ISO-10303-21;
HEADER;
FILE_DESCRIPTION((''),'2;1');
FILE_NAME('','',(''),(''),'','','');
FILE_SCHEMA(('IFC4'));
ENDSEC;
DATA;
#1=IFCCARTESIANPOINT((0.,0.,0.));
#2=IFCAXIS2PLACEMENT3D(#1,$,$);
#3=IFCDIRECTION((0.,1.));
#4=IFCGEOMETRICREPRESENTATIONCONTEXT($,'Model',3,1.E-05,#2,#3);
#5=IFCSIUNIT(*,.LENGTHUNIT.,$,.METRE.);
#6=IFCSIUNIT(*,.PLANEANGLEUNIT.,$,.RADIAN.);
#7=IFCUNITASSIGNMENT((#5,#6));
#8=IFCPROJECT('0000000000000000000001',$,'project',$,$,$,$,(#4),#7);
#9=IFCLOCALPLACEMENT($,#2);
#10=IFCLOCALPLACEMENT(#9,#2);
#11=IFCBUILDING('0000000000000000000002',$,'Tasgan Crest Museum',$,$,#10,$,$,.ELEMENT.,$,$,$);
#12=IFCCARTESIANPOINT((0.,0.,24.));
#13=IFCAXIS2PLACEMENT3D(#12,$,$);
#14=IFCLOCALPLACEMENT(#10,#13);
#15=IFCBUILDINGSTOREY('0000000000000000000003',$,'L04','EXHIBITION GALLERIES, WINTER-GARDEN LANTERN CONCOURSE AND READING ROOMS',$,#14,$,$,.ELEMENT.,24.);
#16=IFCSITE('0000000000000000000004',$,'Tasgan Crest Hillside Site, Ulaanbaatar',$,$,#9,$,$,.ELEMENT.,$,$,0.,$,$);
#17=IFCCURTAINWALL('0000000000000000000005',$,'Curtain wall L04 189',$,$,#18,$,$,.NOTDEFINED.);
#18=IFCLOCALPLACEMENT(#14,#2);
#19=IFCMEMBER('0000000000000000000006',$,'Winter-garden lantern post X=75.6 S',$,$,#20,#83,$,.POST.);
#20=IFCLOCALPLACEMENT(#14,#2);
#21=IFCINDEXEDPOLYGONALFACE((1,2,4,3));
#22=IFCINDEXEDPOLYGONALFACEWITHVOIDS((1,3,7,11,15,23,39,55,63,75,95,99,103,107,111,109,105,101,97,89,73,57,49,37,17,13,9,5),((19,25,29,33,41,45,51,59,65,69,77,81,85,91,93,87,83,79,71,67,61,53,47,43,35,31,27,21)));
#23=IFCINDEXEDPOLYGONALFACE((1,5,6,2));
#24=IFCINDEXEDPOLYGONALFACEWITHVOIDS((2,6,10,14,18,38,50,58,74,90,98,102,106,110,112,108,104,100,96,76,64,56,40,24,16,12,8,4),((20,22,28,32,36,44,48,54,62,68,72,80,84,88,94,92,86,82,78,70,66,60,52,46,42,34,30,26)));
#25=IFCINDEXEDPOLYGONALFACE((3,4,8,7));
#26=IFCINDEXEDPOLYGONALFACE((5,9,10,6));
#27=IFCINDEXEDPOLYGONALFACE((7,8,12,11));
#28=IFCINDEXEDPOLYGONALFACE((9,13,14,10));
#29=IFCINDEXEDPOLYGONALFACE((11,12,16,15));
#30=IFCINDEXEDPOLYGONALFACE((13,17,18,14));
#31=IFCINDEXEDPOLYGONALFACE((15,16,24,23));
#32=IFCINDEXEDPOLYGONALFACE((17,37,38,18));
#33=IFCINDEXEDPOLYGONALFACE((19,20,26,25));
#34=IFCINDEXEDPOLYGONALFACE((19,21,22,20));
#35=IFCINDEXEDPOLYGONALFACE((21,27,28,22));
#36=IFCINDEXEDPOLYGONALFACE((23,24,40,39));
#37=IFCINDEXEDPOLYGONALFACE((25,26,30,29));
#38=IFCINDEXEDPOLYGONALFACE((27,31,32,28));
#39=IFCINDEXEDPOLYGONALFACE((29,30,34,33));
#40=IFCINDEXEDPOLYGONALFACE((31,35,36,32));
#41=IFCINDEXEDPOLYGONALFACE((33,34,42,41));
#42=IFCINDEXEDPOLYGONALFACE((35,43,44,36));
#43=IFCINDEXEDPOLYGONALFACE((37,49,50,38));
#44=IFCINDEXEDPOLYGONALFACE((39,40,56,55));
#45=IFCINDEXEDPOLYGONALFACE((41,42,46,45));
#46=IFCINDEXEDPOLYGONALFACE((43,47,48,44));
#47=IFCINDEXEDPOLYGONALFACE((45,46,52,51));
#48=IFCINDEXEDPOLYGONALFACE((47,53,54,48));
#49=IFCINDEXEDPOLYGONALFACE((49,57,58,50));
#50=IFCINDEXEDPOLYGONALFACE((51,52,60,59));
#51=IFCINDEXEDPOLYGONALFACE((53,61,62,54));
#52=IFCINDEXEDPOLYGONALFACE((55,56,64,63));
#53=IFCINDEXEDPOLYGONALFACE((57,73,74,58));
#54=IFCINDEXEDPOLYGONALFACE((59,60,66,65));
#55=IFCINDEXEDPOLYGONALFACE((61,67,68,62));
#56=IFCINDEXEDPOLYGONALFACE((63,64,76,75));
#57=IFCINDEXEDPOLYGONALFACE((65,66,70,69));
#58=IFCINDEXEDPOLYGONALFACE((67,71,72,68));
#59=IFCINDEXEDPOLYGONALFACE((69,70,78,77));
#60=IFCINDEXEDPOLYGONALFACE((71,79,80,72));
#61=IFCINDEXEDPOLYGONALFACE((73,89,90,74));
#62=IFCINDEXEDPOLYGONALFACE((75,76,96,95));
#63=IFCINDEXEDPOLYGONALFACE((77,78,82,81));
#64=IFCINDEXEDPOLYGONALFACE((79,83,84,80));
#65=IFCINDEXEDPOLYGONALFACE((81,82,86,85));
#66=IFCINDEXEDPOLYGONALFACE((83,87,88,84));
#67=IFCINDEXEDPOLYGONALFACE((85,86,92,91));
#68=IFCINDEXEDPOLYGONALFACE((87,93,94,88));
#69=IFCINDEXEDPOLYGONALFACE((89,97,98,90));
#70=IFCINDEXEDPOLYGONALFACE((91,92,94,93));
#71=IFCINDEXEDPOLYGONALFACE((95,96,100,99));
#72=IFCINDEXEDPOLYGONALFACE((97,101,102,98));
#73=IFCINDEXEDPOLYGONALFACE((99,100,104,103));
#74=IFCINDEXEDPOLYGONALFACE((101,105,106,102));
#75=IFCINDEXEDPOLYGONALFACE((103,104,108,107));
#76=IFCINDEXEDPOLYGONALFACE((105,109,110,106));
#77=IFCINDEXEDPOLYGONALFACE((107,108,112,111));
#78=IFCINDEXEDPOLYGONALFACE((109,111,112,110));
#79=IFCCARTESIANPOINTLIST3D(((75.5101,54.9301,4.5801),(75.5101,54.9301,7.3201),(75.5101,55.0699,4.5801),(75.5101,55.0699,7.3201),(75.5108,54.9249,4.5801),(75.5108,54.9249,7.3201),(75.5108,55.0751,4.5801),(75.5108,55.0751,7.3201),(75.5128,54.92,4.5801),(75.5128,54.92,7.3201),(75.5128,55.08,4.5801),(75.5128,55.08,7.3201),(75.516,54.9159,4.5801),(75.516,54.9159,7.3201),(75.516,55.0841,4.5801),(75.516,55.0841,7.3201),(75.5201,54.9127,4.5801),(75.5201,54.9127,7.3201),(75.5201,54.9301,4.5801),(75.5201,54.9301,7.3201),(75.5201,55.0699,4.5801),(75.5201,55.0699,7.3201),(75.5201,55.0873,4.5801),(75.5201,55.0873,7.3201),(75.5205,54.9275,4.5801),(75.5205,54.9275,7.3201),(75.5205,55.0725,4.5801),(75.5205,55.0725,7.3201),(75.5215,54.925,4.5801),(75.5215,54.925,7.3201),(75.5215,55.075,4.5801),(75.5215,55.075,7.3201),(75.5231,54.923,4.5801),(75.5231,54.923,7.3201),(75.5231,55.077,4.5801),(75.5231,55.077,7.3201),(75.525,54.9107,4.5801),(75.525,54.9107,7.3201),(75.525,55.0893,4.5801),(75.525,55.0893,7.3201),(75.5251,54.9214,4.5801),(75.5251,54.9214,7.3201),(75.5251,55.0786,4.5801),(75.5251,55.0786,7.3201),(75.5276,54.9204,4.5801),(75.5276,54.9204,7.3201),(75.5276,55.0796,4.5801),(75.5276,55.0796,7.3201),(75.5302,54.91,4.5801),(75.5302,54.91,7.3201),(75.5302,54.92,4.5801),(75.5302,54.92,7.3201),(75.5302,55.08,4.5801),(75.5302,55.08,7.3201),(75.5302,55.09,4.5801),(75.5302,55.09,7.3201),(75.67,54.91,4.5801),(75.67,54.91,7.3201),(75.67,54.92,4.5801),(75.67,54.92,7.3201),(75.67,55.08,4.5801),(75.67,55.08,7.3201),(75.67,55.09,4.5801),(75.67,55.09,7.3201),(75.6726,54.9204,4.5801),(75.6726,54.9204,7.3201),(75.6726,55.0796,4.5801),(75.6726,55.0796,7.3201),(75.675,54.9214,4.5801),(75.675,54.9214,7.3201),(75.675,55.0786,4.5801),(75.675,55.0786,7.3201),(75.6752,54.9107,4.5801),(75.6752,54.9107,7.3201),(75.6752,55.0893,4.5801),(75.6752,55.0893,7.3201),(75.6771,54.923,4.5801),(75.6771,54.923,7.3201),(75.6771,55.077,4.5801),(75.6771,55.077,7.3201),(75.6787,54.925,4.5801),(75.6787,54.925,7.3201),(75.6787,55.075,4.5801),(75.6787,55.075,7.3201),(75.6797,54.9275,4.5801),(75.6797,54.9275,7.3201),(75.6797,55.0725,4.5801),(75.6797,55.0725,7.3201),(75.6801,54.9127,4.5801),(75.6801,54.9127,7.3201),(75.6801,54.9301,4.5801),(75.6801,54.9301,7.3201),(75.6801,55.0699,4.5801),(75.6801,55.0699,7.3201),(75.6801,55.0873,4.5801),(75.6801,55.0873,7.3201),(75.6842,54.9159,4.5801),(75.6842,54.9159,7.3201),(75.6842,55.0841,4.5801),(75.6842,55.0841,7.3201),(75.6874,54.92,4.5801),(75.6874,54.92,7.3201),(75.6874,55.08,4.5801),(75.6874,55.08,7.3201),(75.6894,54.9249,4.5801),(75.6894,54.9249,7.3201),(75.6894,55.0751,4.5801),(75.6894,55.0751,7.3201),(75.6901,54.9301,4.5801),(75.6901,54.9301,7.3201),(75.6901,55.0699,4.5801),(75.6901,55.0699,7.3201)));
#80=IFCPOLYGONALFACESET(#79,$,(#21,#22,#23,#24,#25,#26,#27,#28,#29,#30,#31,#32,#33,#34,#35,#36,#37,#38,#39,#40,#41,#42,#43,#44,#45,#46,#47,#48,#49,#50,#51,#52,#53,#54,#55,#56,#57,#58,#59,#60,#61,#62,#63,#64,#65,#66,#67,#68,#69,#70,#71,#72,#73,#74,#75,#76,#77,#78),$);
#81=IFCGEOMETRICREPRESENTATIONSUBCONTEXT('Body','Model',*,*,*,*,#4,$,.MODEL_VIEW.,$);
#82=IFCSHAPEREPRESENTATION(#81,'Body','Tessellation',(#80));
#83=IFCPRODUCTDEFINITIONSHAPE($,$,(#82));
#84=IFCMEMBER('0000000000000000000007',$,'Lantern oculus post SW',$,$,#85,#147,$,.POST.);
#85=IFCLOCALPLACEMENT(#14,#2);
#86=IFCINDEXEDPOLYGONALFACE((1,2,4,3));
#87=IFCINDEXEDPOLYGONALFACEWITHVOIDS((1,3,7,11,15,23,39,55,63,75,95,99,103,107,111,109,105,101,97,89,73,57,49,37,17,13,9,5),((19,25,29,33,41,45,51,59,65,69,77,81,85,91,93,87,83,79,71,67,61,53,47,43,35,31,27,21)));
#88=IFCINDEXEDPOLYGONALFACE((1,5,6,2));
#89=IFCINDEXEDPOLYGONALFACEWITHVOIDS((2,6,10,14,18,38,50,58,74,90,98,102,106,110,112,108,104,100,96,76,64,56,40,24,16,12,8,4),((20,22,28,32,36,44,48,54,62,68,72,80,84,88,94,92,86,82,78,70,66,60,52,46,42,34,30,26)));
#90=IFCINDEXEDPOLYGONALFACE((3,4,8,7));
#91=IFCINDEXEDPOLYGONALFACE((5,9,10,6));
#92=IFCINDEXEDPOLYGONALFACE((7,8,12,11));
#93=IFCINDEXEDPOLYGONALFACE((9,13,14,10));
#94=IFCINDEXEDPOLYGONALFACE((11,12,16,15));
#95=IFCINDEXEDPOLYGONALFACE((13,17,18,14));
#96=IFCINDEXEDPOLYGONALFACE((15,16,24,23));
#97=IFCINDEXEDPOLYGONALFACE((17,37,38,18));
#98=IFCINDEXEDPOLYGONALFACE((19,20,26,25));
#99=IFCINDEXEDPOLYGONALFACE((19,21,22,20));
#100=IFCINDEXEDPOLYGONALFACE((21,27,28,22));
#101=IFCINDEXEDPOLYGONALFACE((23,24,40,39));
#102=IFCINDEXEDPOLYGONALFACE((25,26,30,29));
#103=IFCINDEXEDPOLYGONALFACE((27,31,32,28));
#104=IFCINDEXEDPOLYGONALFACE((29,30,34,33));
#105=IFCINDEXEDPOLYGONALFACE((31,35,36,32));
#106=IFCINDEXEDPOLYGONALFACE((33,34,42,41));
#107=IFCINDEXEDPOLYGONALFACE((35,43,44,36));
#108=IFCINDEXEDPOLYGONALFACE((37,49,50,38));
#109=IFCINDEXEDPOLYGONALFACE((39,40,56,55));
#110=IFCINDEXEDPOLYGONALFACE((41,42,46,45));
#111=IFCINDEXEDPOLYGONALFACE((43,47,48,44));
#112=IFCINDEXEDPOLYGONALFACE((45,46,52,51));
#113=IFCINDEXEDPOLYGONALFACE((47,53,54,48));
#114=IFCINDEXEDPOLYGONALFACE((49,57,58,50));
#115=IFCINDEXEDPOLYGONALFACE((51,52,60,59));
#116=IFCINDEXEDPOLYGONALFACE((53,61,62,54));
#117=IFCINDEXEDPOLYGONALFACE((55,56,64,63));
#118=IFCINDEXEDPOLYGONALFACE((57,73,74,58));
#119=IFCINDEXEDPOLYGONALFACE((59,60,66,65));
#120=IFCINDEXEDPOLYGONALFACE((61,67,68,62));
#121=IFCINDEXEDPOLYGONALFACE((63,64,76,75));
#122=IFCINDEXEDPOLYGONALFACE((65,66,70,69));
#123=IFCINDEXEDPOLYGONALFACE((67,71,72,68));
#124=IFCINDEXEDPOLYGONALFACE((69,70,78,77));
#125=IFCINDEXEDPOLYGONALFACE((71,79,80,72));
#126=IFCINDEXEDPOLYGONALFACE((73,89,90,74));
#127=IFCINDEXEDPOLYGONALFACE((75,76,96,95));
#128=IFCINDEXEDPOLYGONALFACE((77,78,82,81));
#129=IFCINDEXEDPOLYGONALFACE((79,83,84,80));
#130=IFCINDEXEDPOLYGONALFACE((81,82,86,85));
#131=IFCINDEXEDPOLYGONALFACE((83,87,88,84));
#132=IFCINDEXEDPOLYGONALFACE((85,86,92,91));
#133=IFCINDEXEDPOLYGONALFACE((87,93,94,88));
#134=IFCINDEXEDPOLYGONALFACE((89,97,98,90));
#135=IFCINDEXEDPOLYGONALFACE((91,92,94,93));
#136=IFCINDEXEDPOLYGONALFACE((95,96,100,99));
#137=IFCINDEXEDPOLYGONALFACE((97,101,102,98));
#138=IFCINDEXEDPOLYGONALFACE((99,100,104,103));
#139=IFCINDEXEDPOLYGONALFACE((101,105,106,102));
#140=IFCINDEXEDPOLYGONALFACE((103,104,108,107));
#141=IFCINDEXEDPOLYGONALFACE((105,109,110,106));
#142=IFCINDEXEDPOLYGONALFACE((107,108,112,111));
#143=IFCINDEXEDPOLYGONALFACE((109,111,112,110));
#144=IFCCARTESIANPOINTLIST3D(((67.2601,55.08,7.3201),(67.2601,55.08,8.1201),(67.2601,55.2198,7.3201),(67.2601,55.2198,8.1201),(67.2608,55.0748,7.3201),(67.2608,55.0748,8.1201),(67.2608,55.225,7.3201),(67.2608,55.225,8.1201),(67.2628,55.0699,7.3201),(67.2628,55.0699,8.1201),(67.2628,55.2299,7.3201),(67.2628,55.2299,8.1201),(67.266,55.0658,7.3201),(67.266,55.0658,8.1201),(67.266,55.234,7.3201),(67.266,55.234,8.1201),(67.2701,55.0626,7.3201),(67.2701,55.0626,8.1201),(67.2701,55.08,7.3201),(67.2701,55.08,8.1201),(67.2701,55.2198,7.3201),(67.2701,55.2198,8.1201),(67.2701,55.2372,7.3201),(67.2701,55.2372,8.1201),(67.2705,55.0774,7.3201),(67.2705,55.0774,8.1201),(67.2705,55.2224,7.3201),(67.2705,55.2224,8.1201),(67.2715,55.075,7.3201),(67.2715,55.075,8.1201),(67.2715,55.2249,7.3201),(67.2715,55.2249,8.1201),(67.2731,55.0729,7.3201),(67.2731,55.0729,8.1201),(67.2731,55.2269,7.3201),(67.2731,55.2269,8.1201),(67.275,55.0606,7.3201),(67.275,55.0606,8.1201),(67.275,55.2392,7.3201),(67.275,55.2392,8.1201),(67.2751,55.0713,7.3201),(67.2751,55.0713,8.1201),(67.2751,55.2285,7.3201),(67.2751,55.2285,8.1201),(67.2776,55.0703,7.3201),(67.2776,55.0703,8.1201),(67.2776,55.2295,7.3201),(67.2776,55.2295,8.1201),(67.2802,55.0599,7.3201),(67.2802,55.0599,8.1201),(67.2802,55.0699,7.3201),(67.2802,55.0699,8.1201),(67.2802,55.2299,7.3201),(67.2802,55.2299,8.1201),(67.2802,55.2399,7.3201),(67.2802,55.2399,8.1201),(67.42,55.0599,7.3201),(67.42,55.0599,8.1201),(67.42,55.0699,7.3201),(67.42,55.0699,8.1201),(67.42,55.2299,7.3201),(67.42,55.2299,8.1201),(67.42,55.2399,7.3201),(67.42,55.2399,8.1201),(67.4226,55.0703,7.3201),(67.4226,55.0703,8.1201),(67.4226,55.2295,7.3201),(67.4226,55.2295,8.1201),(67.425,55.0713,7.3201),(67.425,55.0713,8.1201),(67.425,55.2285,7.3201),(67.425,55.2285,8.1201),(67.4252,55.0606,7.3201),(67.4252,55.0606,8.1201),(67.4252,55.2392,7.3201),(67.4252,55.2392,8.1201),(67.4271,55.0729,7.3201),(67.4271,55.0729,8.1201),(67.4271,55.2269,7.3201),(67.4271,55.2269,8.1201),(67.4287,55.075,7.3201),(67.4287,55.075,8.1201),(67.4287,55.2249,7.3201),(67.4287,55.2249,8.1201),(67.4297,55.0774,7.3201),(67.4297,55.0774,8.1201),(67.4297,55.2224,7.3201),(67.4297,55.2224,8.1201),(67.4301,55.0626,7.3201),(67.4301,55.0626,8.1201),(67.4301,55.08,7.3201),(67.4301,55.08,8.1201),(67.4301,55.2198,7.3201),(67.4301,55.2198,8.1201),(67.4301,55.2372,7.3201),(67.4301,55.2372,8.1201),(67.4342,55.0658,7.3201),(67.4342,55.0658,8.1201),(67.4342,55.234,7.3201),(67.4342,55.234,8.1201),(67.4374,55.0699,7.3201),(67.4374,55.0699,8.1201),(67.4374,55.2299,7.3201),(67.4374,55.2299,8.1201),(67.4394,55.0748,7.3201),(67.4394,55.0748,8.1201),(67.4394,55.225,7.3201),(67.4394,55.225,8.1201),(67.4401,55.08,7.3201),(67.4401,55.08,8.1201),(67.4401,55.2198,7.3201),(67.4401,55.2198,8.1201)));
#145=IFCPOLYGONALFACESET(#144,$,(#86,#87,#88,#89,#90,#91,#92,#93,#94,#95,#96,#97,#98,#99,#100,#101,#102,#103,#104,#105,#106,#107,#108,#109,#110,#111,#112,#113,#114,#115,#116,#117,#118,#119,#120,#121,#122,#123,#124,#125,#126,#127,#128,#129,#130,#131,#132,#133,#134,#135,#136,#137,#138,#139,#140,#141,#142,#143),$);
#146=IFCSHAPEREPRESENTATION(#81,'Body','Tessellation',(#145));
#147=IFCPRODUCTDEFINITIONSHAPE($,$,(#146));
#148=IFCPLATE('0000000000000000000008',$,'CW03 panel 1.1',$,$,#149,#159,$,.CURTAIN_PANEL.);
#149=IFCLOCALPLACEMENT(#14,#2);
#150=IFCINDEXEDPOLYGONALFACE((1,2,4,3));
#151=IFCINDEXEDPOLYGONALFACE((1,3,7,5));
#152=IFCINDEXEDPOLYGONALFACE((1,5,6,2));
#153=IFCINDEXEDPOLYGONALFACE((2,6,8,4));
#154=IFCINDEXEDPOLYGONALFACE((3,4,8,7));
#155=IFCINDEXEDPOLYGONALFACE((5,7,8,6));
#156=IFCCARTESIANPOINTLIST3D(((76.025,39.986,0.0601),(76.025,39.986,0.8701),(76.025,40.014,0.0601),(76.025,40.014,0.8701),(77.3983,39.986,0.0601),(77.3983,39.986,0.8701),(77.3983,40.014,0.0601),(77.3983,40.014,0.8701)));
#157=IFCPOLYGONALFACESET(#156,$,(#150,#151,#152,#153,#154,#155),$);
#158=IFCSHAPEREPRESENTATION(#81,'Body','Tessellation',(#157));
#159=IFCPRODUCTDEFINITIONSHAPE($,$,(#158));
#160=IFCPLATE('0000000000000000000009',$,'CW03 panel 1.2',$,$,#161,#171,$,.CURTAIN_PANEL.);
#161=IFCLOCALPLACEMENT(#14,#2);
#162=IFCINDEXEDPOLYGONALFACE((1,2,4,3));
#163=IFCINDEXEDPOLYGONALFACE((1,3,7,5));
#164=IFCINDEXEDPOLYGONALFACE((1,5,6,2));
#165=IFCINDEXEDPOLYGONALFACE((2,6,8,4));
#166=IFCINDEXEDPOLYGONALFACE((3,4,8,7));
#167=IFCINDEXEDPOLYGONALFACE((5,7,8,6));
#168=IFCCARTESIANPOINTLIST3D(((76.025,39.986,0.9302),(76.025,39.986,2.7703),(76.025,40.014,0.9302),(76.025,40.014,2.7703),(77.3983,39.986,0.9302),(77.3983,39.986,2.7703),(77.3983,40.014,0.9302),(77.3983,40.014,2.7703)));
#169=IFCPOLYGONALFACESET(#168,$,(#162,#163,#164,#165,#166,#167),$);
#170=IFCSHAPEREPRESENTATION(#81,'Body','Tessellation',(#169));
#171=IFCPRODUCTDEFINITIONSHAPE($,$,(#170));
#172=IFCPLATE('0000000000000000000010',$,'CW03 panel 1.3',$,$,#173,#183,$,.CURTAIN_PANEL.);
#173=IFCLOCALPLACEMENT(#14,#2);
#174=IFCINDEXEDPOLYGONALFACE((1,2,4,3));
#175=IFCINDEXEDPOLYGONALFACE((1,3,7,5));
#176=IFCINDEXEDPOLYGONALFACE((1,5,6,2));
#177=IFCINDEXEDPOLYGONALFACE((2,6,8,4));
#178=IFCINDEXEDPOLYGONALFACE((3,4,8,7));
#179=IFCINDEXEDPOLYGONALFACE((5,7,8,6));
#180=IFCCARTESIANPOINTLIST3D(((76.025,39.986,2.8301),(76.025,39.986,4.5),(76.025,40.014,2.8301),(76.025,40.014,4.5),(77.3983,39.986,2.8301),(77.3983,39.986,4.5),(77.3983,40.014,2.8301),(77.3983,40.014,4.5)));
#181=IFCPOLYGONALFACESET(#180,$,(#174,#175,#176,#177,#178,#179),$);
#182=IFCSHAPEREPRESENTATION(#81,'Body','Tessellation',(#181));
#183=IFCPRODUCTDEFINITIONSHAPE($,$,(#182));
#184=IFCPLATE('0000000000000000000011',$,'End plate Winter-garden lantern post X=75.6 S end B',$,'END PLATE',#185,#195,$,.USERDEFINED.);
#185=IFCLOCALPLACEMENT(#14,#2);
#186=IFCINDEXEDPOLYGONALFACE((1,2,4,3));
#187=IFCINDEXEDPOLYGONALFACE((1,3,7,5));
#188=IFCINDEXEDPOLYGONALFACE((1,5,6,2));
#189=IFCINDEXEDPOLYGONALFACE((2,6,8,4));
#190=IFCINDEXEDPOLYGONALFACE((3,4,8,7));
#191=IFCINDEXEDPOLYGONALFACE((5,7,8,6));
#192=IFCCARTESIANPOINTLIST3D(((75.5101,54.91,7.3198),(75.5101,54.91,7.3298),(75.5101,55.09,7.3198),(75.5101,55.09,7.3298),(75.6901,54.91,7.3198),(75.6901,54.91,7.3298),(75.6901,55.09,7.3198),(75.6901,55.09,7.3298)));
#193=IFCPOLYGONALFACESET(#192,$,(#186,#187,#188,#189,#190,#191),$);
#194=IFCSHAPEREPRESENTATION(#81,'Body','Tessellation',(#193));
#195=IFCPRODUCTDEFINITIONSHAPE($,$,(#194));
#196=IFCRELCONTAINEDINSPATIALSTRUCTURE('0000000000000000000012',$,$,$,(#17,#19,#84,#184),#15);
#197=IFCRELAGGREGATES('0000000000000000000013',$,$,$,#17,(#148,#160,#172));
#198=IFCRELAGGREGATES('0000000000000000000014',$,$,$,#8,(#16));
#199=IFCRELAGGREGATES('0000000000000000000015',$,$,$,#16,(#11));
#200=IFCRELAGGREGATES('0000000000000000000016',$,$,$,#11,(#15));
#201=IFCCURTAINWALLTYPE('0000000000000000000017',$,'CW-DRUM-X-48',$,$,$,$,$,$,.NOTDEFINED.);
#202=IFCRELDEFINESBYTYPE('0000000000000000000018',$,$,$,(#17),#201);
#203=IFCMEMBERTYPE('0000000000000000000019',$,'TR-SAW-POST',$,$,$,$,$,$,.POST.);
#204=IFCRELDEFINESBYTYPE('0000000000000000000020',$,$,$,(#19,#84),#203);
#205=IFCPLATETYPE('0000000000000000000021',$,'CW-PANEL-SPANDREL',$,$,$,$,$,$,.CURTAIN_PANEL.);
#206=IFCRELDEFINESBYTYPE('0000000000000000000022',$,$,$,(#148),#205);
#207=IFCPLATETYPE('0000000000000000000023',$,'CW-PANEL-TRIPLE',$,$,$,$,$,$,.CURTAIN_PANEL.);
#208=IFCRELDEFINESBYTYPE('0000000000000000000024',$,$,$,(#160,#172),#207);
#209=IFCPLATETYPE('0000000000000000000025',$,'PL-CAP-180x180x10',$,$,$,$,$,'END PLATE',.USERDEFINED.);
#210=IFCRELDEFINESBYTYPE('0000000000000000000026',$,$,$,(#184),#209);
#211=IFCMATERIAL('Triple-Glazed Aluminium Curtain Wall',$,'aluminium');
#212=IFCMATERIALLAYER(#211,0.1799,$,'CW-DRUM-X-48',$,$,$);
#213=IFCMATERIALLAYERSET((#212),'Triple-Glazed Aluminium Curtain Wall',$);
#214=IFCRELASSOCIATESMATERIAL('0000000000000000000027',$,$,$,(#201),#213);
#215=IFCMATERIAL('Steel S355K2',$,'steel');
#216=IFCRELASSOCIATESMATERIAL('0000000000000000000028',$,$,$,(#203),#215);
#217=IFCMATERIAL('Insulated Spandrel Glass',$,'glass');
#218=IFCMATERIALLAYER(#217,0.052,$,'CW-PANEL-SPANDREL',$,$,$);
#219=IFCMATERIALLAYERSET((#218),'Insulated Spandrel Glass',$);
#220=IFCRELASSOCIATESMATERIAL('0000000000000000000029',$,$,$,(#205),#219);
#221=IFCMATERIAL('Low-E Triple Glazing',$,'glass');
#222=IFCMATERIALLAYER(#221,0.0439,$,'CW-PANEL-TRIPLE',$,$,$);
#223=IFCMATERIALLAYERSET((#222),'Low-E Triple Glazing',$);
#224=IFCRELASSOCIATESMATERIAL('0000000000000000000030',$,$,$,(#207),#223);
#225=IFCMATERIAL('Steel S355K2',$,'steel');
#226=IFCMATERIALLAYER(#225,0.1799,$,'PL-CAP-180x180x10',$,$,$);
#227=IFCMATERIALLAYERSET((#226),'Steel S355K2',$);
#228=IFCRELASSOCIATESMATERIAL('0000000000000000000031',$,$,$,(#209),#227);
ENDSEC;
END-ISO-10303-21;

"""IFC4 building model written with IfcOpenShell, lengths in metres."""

from ifc_helpers import new_model, si_unit, direction, frame, origin, origin_2d, place, context, subcontext, project, spatial, rectangle, hollow_rectangle, extrude, material, layer, layer_set, material_profile, profile_set, type_object, element, aggregate, save


model = new_model("IFC4")

# Units and contexts
model_context = context("Model", 3, precision=1e-05, world=origin(), true_north=direction((0.0, 1.0)))
body_context = subcontext(model_context, "Body", "Model", "MODEL_VIEW")
ifc_project = project(units=[si_unit("LENGTHUNIT", "METRE"), si_unit("PLANEANGLEUNIT", "RADIAN")], contexts=[model_context])

# Site, building, storey
site_placement = place(None, origin())
site = spatial("IfcSite", under=ifc_project, at=site_placement, Name="Tasgan Crest Hillside Site, Ulaanbaatar", CompositionType="ELEMENT", RefElevation=0.0)
building_placement = place(site_placement, origin())
building = spatial("IfcBuilding", under=site, at=building_placement, Name="Tasgan Crest Museum", CompositionType="ELEMENT")
storey_placement = place(building_placement, frame((0.0, 0.0, 24.0)))
storey = spatial("IfcBuildingStorey", under=building, at=storey_placement, Name="L04", Description="EXHIBITION GALLERIES, WINTER-GARDEN LANTERN CONCOURSE AND READING ROOMS", CompositionType="ELEMENT", Elevation=24.0)

# Curtain wall
ifc_material_1 = material(Name="Triple-Glazed Aluminium Curtain Wall", Category="aluminium")
ifc_layer_1 = layer(ifc_material_1, 0.1799, Name="CW-DRUM-X-48")
ifc_layer_set_1 = layer_set([ifc_layer_1], Name="Triple-Glazed Aluminium Curtain Wall")
curtain_wall_type = type_object("IfcCurtainWallType", Name="CW-DRUM-X-48", PredefinedType="NOTDEFINED", material=ifc_layer_set_1)
curtain_wall_placement = place(storey_placement, origin())
curtain_wall = element("IfcCurtainWall", 1, at=curtain_wall_placement, inside=storey, type_object=curtain_wall_type, Name="Curtain wall L04 189", PredefinedType="NOTDEFINED")

# Members
ifc_material_2 = material(Name="Steel S355K2", Category="steel")
ifc_material_profile_1 = material_profile(ifc_material_2, hollow_rectangle(XDim=0.1799, YDim=0.1799, WallThickness=0.01, InnerFilletRadius=0.01, OuterFilletRadius=0.02, at=origin_2d()), Name="SHS 180x180x10")
ifc_profile_set_1 = profile_set([ifc_material_profile_1], Name="Steel S355K2")
member_type_1 = type_object("IfcMemberType", Name="TR-SAW-POST", PredefinedType="POST", material=ifc_profile_set_1)
for number, where, z_axis, x_axis, name in (
    (2, (75.6001, 55.0, 4.5801), (0.0, 0.0, 1.0), (1.0, 0.0, 0.0), "Winter-garden lantern post X=75.6 S"),
):
    element("IfcMember", number, at=place(storey_placement, frame(where, z_axis=z_axis, x_axis=x_axis)), inside=storey, type_object=member_type_1, Name=name, PredefinedType="POST", context=body_context, shape_type="SweptSolid", body=[
        extrude(hollow_rectangle(XDim=0.1799, YDim=0.1799, WallThickness=0.01, InnerFilletRadius=0.01, OuterFilletRadius=0.02, at=origin_2d()), origin(), (0.0, 0.0, 1.0), 2.74),
    ])
member_1_placement = place(storey_placement, frame((67.3501, 55.1499, 7.3201), z_axis=(0.0, 0.0, 1.0), x_axis=(1.0, 0.0, 0.0)))
element("IfcMember", 3, at=member_1_placement, inside=storey, type_object=member_type_1, Name="Lantern oculus post SW", PredefinedType="POST", context=body_context, shape_type="SweptSolid", body=[
    extrude(hollow_rectangle(XDim=0.1799, YDim=0.1799, WallThickness=0.01, InnerFilletRadius=0.01, OuterFilletRadius=0.02, at=origin_2d()), origin(), (0.0, 0.0, 1.0), 0.8),
])

# Plates
ifc_material_3 = material(Name="Insulated Spandrel Glass", Category="glass")
ifc_layer_2 = layer(ifc_material_3, 0.052, Name="CW-PANEL-SPANDREL")
ifc_layer_set_2 = layer_set([ifc_layer_2], Name="Insulated Spandrel Glass")
plate_type_1 = type_object("IfcPlateType", Name="CW-PANEL-SPANDREL", PredefinedType="CURTAIN_PANEL", material=ifc_layer_set_2)
plate_1_placement = place(storey_placement, frame((76.7117, 40.0, 0.0601), z_axis=(0.0, 0.0, 1.0), x_axis=(1.0, 0.0, 0.0)))
plate_1 = element("IfcPlate", 4, at=plate_1_placement, type_object=plate_type_1, Name="CW03 panel 1.1", PredefinedType="CURTAIN_PANEL", context=body_context, shape_type="SweptSolid", body=[
    extrude(rectangle(XDim=1.3733, YDim=0.0281, at=origin_2d()), origin(), (0.0, 0.0, 1.0), 0.8101),
])
ifc_material_4 = material(Name="Low-E Triple Glazing", Category="glass")
ifc_layer_3 = layer(ifc_material_4, 0.0439, Name="CW-PANEL-TRIPLE")
ifc_layer_set_3 = layer_set([ifc_layer_3], Name="Low-E Triple Glazing")
plate_type_2 = type_object("IfcPlateType", Name="CW-PANEL-TRIPLE", PredefinedType="CURTAIN_PANEL", material=ifc_layer_set_3)
plate_2_placement = place(storey_placement, frame((76.7117, 40.0, 0.9302), z_axis=(0.0, 0.0, 1.0), x_axis=(1.0, 0.0, 0.0)))
plate_2 = element("IfcPlate", 5, at=plate_2_placement, type_object=plate_type_2, Name="CW03 panel 1.2", PredefinedType="CURTAIN_PANEL", context=body_context, shape_type="SweptSolid", body=[
    extrude(rectangle(XDim=1.3733, YDim=0.0281, at=origin_2d()), origin(), (0.0, 0.0, 1.0), 1.8401),
])
plate_3_placement = place(storey_placement, frame((76.7117, 40.0, 2.8301), z_axis=(0.0, 0.0, 1.0), x_axis=(1.0, 0.0, 0.0)))
plate_3 = element("IfcPlate", 6, at=plate_3_placement, type_object=plate_type_2, Name="CW03 panel 1.3", PredefinedType="CURTAIN_PANEL", context=body_context, shape_type="SweptSolid", body=[
    extrude(rectangle(XDim=1.3733, YDim=0.0281, at=origin_2d()), origin(), (0.0, 0.0, 1.0), 1.6699),
])
aggregate(curtain_wall, [plate_1, plate_2, plate_3])

# Plate
ifc_material_5 = material(Name="Steel S355K2", Category="steel")
ifc_layer_4 = layer(ifc_material_5, 0.1799, Name="PL-CAP-180x180x10")
ifc_layer_set_4 = layer_set([ifc_layer_4], Name="Steel S355K2")
plate_type_3 = type_object("IfcPlateType", Name="PL-CAP-180x180x10", ElementType="END PLATE", PredefinedType="USERDEFINED", material=ifc_layer_set_4)
plate_4_placement = place(storey_placement, frame((75.6001, 55.0, 7.3198), z_axis=(0.0, 0.0, 1.0), x_axis=(1.0, 0.0, 0.0)))
element("IfcPlate", 7, at=plate_4_placement, inside=storey, type_object=plate_type_3, Name="End plate Winter-garden lantern post X=75.6 S end B", ObjectType="END PLATE", PredefinedType="USERDEFINED", context=body_context, shape_type="SweptSolid", body=[
    extrude(rectangle(XDim=0.1799, YDim=0.1799, at=origin_2d()), origin(), (0.0, 0.0, 1.0), 0.01),
])

save(model, "model.ifc")
